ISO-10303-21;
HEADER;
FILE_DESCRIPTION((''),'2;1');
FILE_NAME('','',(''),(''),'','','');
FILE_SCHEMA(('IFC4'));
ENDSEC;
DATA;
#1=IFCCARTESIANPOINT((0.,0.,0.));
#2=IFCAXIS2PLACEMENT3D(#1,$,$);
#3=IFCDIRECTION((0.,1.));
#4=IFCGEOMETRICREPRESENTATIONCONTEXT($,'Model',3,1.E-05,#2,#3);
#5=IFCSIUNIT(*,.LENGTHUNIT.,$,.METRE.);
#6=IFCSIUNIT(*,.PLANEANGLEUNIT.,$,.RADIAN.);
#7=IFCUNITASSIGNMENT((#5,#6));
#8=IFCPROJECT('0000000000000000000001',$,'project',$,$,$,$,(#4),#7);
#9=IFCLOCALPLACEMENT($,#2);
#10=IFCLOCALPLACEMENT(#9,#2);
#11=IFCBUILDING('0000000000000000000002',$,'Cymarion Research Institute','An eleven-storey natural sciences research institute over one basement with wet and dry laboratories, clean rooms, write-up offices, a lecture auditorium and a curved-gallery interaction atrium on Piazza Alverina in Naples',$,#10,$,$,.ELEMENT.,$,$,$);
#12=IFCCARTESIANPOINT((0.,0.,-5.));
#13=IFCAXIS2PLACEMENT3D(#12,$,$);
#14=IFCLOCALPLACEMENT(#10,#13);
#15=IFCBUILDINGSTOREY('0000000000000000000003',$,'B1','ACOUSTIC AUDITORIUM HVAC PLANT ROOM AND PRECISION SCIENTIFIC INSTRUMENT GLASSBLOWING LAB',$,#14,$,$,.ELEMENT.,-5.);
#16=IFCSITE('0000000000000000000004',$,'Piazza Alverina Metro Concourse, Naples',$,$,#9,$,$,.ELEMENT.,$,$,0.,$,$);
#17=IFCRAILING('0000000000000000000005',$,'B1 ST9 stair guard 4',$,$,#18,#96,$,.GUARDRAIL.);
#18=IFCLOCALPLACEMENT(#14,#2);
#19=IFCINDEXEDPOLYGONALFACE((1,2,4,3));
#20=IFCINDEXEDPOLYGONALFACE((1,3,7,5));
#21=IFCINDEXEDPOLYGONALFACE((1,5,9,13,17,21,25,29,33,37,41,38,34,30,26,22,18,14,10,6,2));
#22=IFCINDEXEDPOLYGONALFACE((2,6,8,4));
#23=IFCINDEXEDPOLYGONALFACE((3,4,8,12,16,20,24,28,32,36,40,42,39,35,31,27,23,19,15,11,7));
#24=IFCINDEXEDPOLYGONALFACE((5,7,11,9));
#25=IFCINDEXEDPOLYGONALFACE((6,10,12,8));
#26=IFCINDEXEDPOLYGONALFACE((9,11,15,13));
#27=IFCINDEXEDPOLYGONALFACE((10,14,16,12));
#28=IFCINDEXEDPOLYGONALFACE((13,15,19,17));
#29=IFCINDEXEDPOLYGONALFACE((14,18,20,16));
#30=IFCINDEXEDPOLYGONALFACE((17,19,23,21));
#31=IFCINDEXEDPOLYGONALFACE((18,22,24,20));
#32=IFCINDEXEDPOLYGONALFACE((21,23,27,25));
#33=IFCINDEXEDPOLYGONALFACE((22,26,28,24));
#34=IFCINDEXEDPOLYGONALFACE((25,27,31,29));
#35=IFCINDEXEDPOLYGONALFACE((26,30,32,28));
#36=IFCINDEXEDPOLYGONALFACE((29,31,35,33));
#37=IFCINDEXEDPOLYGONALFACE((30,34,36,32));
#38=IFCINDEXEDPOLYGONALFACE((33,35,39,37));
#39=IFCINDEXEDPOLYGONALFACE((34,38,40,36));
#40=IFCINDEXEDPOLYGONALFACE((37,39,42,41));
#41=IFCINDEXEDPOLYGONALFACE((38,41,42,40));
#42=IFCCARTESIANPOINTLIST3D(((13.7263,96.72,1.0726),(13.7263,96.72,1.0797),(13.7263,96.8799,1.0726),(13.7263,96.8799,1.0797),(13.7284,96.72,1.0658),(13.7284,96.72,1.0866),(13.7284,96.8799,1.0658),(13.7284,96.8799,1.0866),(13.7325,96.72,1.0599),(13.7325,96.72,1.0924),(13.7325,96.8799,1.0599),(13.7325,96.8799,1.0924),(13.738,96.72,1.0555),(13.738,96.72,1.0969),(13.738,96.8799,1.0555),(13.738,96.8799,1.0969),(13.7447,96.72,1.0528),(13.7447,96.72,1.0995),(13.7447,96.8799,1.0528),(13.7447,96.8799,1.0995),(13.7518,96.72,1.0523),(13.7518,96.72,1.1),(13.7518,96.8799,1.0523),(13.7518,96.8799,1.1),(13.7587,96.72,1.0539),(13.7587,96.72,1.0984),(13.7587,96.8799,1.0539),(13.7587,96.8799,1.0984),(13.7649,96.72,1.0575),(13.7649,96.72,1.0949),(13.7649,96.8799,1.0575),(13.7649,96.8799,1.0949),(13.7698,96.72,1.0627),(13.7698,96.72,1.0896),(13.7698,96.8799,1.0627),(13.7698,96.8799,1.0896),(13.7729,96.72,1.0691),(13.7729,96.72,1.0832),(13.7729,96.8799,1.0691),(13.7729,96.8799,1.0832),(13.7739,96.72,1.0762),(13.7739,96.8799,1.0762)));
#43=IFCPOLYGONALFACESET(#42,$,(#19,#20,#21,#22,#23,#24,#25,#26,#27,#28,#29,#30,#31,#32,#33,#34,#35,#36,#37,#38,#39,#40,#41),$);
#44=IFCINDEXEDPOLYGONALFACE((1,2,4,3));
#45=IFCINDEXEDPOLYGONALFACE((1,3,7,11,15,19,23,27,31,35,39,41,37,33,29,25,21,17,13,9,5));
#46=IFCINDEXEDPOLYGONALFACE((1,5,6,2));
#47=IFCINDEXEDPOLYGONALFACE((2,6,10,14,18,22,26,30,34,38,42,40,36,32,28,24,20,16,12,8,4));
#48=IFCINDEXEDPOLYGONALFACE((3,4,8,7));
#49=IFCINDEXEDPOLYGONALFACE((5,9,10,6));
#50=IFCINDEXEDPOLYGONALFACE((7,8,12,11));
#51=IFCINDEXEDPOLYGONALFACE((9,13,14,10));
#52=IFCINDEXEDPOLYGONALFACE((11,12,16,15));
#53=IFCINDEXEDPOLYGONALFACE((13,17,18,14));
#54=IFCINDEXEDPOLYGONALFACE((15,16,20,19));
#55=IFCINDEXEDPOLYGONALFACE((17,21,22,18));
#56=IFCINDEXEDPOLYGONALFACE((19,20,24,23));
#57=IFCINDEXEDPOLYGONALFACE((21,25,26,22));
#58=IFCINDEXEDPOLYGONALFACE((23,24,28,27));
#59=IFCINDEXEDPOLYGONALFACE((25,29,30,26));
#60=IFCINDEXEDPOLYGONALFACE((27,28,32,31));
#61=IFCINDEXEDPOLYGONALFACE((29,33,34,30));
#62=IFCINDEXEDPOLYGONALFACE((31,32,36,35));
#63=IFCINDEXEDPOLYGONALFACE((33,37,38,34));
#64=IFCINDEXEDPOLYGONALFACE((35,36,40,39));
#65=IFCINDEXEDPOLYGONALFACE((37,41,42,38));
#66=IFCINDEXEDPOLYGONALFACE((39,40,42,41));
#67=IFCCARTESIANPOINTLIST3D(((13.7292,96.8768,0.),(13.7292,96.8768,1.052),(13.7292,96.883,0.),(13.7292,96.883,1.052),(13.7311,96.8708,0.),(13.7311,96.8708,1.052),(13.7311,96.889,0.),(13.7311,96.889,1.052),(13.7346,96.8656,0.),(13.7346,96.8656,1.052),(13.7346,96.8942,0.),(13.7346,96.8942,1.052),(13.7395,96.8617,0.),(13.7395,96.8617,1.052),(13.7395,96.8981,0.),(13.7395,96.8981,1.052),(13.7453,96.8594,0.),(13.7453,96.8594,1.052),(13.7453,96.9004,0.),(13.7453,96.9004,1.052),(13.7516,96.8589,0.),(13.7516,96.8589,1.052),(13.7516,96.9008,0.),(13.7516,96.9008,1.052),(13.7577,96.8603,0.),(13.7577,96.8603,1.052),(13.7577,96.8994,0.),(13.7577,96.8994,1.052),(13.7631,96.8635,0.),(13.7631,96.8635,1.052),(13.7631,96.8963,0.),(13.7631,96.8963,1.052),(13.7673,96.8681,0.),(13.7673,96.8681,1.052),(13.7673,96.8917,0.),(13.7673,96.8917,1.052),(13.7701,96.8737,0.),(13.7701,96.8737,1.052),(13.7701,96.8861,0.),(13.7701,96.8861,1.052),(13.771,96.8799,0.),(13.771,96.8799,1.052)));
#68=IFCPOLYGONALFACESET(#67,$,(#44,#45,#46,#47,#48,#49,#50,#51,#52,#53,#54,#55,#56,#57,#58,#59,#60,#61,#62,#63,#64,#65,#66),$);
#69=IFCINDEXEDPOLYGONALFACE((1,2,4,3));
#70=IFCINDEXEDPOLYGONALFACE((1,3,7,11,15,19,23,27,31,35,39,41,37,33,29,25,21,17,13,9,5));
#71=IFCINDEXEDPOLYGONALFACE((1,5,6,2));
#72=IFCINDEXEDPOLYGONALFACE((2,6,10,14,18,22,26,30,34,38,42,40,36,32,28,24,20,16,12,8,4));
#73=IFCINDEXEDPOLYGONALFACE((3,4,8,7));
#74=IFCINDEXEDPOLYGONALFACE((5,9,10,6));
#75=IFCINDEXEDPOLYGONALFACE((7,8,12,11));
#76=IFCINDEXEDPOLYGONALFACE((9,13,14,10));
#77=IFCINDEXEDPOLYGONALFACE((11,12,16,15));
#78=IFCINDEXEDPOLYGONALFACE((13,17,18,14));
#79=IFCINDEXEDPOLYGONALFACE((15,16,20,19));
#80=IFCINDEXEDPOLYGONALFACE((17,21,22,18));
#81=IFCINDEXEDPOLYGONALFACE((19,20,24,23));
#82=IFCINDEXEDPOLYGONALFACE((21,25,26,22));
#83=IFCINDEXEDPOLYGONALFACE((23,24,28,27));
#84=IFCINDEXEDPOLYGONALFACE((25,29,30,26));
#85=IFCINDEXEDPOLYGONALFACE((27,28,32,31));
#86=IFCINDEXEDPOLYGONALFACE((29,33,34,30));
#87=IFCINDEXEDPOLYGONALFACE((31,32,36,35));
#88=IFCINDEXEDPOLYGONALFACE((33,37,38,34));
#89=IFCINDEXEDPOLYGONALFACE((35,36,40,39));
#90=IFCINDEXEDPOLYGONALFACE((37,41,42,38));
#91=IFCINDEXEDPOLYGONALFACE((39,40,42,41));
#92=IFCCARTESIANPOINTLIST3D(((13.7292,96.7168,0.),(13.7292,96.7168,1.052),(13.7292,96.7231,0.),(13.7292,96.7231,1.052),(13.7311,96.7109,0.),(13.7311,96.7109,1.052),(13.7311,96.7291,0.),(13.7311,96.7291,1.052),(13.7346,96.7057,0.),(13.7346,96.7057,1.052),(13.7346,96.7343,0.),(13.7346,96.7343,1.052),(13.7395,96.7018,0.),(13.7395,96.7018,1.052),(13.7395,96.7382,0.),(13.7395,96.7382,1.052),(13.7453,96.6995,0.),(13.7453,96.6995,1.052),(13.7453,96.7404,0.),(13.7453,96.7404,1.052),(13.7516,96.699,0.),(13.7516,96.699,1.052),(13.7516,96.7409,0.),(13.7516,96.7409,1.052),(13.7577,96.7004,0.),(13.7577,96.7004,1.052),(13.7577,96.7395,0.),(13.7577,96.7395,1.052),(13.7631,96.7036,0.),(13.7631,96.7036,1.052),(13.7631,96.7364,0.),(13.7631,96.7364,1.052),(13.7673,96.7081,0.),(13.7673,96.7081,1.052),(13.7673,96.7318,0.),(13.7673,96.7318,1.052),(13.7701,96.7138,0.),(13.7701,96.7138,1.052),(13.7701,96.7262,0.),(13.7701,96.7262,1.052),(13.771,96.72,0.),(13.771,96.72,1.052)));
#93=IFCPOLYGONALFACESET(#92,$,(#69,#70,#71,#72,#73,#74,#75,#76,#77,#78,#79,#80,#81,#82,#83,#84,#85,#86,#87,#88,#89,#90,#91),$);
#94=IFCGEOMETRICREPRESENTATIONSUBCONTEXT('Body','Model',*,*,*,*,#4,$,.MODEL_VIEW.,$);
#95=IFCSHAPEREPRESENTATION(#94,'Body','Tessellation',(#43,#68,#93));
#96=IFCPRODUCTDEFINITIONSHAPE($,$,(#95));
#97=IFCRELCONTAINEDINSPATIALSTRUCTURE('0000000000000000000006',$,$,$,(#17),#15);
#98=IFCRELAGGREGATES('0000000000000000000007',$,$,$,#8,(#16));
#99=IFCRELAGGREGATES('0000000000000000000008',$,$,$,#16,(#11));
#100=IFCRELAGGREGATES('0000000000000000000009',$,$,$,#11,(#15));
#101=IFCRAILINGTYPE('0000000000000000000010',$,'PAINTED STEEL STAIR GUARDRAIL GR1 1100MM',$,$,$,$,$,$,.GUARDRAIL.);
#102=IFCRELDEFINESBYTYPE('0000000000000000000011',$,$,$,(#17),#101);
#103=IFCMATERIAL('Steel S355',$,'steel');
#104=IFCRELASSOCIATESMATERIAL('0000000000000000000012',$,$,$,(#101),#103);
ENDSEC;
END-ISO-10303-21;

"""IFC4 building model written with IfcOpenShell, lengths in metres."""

from ifc_helpers import new_model, si_unit, direction, frame, origin, origin_2d, place, context, subcontext, project, spatial, circle, extrude, material, type_object, element, save


model = new_model("IFC4")

# Units and contexts
model_context = context("Model", 3, precision=1e-05, world=origin(), true_north=direction((0.0, 1.0)))
body_context = subcontext(model_context, "Body", "Model", "MODEL_VIEW")
ifc_project = project(units=[si_unit("LENGTHUNIT", "METRE"), si_unit("PLANEANGLEUNIT", "RADIAN")], contexts=[model_context])

# Site, building, storey
site_placement = place(None, origin())
site = spatial("IfcSite", under=ifc_project, at=site_placement, Name="Piazza Alverina Metro Concourse, Naples", CompositionType="ELEMENT", RefElevation=0.0)
building_placement = place(site_placement, origin())
building = spatial("IfcBuilding", under=site, at=building_placement, Name="Cymarion Research Institute", Description="An eleven-storey natural sciences research institute over one basement with wet and dry laboratories, clean rooms, write-up offices, a lecture auditorium and a curved-gallery interaction atrium on Piazza Alverina in Naples", CompositionType="ELEMENT")
storey_placement = place(building_placement, frame((0.0, 0.0, -5.0)))
storey = spatial("IfcBuildingStorey", under=building, at=storey_placement, Name="B1", Description="ACOUSTIC AUDITORIUM HVAC PLANT ROOM AND PRECISION SCIENTIFIC INSTRUMENT GLASSBLOWING LAB", CompositionType="ELEMENT", Elevation=-5.0)

# Shared definitions
ifc_material_1 = material(Name="Steel S355", Category="steel")

# Railing
railing_type_1 = type_object("IfcRailingType", Name="PAINTED STEEL STAIR GUARDRAIL GR1 1100MM", PredefinedType="GUARDRAIL", material=ifc_material_1)
railing_1_placement = place(storey_placement, frame((13.75, 96.8799, 0.0)))
element("IfcRailing", 1, at=railing_1_placement, inside=storey, type_object=railing_type_1, Name="B1 ST9 stair guard 4", PredefinedType="GUARDRAIL", context=body_context, shape_type="SweptSolid", body=[
    extrude(circle(Radius=0.0239, at=origin_2d()), frame((0.0, 0.0, 1.0762), z_axis=(0.0, -1.0, 0.0), x_axis=(1.0, 0.0, 0.0)), (0.0, 0.0, 1.0), 0.1599),
    extrude(circle(Radius=0.021, at=origin_2d()), origin(), (0.0, 0.0, 1.0), 1.052),
    extrude(circle(Radius=0.021, at=origin_2d()), frame((0.0, -0.1599, 0.0)), (0.0, 0.0, 1.0), 1.052),
])

save(model, "model.ifc")
